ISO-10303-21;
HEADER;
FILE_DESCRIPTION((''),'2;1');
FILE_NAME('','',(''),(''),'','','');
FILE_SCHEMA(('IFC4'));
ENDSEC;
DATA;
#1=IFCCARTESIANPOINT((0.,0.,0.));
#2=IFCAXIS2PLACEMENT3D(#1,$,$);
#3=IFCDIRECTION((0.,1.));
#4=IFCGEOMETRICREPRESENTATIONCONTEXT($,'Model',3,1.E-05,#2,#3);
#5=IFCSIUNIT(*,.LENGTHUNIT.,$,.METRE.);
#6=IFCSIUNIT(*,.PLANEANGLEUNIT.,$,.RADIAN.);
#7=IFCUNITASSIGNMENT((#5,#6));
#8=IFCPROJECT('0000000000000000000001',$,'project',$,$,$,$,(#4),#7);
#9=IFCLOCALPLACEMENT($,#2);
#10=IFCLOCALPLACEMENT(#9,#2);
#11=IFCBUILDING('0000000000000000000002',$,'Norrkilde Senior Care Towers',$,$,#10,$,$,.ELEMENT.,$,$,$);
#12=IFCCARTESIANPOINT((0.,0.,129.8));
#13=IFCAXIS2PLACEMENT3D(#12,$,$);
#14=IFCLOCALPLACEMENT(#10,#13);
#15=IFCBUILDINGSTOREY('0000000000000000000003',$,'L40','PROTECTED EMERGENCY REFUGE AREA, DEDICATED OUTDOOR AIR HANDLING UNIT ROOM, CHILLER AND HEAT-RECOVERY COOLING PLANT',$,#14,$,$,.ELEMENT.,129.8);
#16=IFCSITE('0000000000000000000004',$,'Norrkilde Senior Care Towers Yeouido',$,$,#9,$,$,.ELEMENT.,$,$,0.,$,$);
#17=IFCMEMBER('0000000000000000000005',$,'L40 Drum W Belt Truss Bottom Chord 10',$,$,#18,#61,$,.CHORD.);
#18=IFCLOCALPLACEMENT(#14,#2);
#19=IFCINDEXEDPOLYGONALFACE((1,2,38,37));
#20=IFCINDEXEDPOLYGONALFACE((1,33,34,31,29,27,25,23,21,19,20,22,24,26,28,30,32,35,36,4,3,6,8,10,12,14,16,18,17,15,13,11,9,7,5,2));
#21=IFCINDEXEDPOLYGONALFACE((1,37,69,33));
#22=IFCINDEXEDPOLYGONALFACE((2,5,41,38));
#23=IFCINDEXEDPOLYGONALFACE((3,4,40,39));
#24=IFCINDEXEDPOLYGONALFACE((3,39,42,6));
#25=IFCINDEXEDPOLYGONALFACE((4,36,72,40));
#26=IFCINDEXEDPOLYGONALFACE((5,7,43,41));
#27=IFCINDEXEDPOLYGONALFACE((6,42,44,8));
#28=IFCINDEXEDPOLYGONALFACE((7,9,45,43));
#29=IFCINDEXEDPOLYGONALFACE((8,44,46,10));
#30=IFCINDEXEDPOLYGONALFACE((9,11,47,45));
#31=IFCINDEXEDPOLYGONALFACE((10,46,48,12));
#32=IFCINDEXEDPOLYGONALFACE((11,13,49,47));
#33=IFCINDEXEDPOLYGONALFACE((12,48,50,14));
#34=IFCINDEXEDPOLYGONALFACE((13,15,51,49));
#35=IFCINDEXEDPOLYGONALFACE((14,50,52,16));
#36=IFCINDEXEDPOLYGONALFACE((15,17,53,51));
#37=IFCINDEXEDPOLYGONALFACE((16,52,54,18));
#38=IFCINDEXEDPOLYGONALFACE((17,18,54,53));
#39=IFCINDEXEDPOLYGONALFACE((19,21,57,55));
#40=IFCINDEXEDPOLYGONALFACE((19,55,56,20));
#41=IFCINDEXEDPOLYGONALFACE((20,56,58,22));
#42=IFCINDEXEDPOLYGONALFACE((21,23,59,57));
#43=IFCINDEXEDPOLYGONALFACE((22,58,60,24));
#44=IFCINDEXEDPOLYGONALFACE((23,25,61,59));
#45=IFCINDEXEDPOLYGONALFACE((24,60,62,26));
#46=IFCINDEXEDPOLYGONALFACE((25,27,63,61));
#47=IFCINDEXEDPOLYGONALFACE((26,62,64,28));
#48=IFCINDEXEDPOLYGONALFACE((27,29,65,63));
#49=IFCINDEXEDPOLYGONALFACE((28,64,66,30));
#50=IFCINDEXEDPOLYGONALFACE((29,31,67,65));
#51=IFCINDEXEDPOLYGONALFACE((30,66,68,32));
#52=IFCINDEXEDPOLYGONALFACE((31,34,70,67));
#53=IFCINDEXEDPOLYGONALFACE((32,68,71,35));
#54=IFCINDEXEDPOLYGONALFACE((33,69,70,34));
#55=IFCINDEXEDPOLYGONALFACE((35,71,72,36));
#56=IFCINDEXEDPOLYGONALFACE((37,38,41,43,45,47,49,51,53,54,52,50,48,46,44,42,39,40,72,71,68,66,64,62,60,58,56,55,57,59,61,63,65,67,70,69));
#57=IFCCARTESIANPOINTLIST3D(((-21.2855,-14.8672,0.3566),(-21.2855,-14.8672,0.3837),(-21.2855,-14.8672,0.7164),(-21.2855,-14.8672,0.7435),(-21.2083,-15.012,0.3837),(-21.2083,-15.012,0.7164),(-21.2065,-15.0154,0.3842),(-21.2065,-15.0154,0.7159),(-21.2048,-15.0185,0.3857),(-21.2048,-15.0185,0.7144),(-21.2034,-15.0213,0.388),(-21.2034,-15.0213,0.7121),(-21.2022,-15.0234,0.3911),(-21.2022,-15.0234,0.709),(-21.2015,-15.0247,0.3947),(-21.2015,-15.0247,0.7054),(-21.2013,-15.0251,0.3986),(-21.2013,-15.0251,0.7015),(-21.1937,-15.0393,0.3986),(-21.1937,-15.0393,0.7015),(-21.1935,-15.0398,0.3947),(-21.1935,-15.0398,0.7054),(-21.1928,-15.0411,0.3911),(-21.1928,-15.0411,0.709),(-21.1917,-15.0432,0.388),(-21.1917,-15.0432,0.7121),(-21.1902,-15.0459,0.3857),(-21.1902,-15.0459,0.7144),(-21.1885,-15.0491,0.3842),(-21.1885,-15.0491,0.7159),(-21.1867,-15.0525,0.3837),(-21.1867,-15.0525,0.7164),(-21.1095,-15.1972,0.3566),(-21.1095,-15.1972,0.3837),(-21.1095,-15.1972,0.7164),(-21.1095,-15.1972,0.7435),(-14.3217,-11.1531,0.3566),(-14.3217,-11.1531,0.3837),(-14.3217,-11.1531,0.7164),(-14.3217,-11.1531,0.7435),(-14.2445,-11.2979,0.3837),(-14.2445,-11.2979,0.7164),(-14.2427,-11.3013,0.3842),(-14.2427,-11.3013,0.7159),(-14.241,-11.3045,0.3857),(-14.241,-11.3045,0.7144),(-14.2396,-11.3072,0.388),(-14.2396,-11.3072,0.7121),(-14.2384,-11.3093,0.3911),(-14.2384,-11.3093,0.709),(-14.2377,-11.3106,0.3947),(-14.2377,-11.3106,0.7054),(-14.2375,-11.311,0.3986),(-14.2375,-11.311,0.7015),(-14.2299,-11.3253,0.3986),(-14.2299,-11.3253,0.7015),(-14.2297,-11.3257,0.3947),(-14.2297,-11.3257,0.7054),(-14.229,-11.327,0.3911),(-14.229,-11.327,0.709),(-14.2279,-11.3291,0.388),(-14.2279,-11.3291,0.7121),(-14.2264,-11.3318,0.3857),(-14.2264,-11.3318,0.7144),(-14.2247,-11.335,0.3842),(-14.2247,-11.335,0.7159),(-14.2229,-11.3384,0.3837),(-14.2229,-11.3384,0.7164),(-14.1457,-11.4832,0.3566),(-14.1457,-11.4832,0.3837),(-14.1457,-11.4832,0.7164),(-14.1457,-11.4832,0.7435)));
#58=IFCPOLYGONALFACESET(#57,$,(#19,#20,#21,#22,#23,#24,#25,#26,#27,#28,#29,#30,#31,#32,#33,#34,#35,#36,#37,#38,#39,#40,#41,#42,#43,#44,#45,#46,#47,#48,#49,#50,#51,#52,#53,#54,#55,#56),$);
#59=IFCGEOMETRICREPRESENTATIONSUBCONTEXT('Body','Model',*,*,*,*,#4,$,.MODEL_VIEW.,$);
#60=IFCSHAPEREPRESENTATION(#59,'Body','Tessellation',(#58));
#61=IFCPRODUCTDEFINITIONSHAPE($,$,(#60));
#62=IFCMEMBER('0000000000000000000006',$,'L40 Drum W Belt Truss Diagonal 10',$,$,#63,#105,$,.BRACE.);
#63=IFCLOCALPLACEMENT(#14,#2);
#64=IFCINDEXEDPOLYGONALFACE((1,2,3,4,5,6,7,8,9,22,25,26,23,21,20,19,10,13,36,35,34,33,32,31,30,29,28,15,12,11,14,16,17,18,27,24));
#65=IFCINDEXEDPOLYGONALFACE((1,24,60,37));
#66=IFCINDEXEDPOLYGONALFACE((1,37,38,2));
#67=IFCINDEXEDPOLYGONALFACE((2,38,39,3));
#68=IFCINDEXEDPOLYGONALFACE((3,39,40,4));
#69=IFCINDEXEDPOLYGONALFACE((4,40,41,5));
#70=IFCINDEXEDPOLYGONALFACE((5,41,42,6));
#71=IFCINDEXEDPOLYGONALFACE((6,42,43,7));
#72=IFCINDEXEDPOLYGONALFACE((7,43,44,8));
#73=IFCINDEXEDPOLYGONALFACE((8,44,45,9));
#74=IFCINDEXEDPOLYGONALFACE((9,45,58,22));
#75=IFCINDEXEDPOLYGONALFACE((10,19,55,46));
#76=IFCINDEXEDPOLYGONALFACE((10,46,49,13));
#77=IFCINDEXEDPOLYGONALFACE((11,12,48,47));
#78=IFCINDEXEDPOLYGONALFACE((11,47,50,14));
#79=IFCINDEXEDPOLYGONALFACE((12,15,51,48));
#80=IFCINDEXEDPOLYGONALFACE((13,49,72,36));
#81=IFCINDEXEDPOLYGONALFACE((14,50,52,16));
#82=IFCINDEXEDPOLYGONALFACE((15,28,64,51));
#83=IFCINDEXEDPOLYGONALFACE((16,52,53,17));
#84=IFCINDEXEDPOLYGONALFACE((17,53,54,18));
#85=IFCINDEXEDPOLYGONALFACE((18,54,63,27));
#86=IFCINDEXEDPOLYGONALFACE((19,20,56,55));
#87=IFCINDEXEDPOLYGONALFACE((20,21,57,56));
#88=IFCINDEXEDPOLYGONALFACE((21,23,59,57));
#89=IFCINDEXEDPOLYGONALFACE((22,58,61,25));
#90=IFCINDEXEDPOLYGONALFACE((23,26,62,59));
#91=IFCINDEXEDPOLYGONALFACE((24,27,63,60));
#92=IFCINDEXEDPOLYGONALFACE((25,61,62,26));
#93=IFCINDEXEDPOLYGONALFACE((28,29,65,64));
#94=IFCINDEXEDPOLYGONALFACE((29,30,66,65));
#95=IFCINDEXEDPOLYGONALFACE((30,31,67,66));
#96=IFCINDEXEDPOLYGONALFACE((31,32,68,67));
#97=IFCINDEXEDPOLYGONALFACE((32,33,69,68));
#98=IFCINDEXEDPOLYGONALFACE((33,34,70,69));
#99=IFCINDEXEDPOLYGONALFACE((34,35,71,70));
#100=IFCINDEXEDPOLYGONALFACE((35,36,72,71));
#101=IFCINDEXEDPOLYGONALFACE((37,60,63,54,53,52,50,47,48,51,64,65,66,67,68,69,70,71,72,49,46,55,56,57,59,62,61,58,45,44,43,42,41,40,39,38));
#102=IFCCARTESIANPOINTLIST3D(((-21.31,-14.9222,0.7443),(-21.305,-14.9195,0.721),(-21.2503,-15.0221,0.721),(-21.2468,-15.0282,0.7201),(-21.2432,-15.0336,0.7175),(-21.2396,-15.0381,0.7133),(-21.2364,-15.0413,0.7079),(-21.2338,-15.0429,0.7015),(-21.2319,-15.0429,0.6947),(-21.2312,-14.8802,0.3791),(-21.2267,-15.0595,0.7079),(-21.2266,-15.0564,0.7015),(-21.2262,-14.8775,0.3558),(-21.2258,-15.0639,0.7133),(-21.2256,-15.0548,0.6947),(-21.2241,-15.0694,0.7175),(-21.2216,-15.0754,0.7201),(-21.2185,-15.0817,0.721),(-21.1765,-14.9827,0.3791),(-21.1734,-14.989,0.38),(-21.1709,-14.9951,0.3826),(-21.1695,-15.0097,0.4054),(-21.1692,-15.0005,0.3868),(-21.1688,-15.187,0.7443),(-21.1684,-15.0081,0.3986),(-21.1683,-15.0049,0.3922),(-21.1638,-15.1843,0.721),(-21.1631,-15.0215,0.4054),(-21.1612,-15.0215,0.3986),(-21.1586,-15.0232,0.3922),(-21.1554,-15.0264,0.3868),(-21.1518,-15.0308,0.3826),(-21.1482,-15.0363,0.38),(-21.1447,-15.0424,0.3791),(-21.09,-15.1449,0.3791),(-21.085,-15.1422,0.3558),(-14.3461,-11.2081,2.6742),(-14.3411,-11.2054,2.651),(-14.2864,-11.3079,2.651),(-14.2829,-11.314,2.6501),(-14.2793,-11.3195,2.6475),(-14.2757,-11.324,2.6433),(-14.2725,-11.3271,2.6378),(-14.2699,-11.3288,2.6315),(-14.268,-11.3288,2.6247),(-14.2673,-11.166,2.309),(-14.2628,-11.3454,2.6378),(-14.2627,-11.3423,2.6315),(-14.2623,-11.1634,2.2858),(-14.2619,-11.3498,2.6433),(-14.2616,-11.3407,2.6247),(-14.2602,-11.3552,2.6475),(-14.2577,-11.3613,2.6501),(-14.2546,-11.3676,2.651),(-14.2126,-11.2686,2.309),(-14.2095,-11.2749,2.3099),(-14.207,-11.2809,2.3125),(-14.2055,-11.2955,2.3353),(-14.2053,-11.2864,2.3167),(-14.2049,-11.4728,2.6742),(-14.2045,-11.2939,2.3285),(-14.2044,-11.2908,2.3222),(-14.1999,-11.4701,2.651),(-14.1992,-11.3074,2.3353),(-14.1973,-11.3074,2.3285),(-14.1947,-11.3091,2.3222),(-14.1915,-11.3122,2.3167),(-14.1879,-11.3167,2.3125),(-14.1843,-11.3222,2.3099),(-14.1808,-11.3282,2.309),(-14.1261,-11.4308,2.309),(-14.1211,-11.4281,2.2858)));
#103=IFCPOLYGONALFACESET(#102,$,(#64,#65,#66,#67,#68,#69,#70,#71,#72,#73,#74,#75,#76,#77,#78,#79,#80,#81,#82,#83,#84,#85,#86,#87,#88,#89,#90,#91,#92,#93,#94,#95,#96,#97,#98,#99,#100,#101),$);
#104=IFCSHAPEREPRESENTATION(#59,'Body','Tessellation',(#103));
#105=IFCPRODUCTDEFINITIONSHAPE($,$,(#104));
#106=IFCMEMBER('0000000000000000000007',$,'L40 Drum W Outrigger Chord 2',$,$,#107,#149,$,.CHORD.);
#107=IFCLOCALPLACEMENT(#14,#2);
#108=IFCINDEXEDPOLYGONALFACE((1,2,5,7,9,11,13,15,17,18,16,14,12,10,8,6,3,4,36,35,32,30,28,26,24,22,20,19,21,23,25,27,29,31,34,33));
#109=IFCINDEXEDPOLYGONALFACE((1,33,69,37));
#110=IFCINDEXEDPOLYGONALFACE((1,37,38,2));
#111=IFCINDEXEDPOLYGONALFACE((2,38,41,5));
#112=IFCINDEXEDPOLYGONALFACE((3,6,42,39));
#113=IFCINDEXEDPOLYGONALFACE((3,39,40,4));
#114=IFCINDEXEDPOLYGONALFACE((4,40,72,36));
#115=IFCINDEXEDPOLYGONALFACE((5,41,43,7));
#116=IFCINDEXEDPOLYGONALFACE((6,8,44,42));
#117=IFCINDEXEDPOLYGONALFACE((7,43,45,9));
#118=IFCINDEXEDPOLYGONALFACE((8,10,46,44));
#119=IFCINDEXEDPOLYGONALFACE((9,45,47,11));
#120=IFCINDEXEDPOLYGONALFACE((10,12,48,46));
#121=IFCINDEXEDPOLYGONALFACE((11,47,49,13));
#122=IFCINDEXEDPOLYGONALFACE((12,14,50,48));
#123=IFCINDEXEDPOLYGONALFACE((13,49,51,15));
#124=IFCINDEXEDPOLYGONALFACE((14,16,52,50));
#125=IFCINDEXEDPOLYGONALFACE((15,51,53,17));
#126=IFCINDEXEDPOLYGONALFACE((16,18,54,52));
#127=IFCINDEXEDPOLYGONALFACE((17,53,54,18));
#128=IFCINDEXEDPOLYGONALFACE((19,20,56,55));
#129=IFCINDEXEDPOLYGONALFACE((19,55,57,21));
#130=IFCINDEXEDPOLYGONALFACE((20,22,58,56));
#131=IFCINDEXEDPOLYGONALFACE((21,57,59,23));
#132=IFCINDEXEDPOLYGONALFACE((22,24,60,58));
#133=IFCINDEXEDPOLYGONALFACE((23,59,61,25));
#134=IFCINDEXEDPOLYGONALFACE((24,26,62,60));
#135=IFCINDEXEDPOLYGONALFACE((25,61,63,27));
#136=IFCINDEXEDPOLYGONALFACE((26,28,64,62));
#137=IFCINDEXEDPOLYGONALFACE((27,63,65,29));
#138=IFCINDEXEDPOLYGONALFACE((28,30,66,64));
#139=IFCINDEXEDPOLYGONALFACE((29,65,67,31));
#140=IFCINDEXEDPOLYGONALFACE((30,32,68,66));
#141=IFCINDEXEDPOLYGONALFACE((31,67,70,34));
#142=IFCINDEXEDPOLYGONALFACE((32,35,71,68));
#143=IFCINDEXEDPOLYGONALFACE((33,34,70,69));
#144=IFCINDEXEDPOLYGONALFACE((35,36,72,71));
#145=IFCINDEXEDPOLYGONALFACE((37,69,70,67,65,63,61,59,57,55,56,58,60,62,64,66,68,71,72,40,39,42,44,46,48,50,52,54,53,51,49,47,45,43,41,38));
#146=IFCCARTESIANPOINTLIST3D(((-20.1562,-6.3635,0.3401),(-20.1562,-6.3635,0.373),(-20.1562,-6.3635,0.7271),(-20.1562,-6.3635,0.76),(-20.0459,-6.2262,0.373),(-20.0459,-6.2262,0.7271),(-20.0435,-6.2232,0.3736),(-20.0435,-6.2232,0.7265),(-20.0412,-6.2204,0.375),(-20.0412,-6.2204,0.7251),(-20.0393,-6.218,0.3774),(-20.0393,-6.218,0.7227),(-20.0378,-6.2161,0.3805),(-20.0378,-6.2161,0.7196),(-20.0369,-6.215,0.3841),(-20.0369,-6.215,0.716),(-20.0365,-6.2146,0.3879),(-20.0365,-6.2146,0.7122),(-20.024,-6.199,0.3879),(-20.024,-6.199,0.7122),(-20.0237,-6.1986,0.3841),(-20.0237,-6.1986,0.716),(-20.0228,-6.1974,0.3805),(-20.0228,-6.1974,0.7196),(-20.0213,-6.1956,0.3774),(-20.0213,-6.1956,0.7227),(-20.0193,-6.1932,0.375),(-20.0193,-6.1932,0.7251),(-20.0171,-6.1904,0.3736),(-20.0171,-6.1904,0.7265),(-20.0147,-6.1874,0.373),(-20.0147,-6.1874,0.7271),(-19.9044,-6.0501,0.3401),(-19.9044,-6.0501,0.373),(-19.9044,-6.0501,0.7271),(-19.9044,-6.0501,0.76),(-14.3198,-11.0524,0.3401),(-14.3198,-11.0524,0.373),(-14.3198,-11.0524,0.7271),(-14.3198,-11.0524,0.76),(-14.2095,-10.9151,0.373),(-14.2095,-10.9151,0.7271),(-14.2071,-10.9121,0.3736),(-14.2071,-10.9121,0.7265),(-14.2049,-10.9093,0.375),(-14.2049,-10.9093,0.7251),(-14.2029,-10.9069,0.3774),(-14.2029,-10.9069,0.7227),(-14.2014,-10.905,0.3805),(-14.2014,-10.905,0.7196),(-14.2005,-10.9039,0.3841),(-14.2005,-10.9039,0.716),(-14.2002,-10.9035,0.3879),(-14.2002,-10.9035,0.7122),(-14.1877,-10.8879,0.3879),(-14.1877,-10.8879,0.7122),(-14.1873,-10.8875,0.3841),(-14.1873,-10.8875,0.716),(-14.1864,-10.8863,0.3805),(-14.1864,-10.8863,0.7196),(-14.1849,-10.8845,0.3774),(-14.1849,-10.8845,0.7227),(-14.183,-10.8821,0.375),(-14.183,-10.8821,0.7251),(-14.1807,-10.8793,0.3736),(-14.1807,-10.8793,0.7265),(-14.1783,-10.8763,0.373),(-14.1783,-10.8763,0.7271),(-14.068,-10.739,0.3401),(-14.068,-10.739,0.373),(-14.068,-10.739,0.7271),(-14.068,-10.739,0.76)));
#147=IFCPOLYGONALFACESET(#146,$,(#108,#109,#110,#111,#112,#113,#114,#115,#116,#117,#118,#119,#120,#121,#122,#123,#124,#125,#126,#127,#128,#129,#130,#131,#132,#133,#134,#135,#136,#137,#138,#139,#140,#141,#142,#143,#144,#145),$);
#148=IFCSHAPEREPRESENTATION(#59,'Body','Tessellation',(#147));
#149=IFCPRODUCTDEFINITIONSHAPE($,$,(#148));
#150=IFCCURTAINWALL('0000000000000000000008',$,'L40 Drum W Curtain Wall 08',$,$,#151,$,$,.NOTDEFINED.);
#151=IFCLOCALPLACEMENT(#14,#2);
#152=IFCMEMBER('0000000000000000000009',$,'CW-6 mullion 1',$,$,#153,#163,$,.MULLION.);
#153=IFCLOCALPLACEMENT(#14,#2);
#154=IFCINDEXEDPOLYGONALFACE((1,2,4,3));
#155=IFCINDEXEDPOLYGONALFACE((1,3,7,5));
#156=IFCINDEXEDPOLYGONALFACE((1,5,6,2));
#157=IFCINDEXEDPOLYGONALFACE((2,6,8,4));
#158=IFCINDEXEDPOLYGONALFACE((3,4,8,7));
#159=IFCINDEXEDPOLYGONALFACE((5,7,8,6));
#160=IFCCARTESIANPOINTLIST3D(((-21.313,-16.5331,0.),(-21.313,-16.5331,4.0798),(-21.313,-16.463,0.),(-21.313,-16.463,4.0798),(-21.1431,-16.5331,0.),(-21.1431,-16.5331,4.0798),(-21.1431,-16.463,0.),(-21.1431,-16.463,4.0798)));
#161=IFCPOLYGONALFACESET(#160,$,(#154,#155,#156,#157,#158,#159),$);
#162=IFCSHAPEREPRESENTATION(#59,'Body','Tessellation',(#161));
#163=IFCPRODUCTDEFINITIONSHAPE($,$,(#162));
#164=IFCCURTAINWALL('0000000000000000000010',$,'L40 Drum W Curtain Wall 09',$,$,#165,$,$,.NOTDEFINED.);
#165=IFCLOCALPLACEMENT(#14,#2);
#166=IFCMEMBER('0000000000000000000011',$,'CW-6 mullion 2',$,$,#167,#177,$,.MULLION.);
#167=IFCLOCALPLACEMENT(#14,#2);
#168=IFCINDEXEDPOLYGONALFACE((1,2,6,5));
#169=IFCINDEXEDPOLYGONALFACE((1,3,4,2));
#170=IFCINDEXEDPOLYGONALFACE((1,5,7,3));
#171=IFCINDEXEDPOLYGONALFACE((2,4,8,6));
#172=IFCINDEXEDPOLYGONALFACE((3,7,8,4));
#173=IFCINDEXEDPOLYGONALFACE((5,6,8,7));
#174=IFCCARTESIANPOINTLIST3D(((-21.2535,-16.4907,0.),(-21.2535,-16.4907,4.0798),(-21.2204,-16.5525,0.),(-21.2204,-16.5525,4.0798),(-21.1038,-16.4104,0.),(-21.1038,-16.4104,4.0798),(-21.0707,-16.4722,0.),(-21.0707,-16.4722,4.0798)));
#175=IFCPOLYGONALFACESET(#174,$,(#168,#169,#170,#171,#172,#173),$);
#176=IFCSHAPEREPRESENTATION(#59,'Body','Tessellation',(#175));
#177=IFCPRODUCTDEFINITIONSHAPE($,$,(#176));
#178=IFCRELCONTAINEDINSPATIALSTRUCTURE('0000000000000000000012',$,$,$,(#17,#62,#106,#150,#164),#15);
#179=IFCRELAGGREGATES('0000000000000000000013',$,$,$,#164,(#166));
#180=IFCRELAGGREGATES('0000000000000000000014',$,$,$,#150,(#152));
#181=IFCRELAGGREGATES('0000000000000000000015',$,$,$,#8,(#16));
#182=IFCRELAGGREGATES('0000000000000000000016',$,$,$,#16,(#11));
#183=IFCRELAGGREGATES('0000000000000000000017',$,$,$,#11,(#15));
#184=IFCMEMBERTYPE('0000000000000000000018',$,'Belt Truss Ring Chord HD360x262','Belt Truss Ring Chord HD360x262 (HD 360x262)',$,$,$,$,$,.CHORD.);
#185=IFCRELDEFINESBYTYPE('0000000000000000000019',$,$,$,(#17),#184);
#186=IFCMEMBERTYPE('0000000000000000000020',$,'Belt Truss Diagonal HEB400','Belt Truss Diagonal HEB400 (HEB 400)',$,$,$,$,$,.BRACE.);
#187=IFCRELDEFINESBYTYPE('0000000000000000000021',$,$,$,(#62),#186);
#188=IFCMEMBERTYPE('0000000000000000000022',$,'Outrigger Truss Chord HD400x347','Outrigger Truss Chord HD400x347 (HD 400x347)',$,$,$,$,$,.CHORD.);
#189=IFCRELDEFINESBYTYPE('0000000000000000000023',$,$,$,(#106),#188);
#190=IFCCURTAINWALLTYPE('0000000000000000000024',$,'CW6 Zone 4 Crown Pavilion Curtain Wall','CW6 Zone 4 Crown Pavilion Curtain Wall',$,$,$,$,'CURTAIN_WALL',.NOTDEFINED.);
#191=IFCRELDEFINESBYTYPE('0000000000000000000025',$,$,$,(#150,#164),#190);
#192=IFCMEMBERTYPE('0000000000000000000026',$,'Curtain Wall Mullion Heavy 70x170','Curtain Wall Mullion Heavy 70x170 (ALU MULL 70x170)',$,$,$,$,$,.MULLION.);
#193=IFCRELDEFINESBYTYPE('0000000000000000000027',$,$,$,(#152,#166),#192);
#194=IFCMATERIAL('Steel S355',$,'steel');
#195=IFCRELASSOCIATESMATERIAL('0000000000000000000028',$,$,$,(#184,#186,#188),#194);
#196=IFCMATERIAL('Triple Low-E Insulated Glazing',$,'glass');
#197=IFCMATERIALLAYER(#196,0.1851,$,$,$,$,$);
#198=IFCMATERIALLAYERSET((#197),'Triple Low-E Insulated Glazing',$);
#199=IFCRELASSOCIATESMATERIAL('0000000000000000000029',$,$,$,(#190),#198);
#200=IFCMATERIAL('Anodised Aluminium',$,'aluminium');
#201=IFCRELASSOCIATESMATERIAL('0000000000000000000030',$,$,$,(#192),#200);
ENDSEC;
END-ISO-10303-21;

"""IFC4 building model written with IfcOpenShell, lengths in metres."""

from ifc_helpers import new_model, si_unit, direction, frame, origin, origin_2d, place, context, subcontext, project, spatial, rectangle, i_section, extrude, source, transform, mapped, material, layer, layer_set, material_profile, profile_set, type_object, type_shapes, element, aggregate, save


model = new_model("IFC4")

# Units and contexts
model_context = context("Model", 3, precision=1e-05, world=origin(), true_north=direction((0.0, 1.0)))
body_context = subcontext(model_context, "Body", "Model", "MODEL_VIEW")
ifc_project = project(units=[si_unit("LENGTHUNIT", "METRE"), si_unit("PLANEANGLEUNIT", "RADIAN")], contexts=[model_context])

# Site, building, storey
site_placement = place(None, origin())
site = spatial("IfcSite", under=ifc_project, at=site_placement, Name="Norrkilde Senior Care Towers Yeouido", CompositionType="ELEMENT", RefElevation=0.0)
building_placement = place(site_placement, origin())
building = spatial("IfcBuilding", under=site, at=building_placement, Name="Norrkilde Senior Care Towers", CompositionType="ELEMENT")
storey_placement = place(building_placement, frame((0.0, 0.0, 129.8)))
storey = spatial("IfcBuildingStorey", under=building, at=storey_placement, Name="L40", Description="PROTECTED EMERGENCY REFUGE AREA, DEDICATED OUTDOOR AIR HANDLING UNIT ROOM, CHILLER AND HEAT-RECOVERY COOLING PLANT", CompositionType="ELEMENT", Elevation=129.8)

# Members
ifc_material_1 = material(Name="Steel S355", Category="steel")
ifc_material_profile_1 = material_profile(ifc_material_1, i_section(OverallWidth=0.374, OverallDepth=0.387, WebThickness=0.0161, FlangeThickness=0.0271, FilletRadius=0.0149, at=origin_2d()), Name="HD 360x262")
ifc_profile_set_1 = profile_set([ifc_material_profile_1], Name="Steel S355")
member_type_1 = type_object("IfcMemberType", Name="Belt Truss Ring Chord HD360x262", Description="Belt Truss Ring Chord HD360x262 (HD 360x262)", PredefinedType="CHORD", material=ifc_profile_set_1)
shared_shape_1 = source(origin(), body_context, "Body", "SweptSolid", [
    extrude(i_section(OverallWidth=0.374, OverallDepth=0.387, WebThickness=0.0161, FlangeThickness=0.0271, FilletRadius=0.0149, at=origin_2d()), origin(), (0.0, 0.0, 1.0), 7.8923),
])
type_shapes(member_type_1, [shared_shape_1])
member_1_placement = place(storey_placement, frame((-21.1975, -15.0322, 0.55), z_axis=(0.88235, 0.470593, 0.0), x_axis=(-0.470593, 0.88235, 0.0)))
element("IfcMember", 1, at=member_1_placement, inside=storey, type_object=member_type_1, Name="L40 Drum W Belt Truss Bottom Chord 10", PredefinedType="CHORD", context=body_context, shape_type="MappedRepresentation", body=[
    mapped(shared_shape_1, transform((0.0, 0.0, 0.0), x_axis=(1.0, 0.0, 0.0), y_axis=(0.0, 1.0, 0.0), z_axis=(0.0, 0.0, 1.0), scale=1.0)),
])
ifc_material_profile_2 = material_profile(ifc_material_1, i_section(OverallWidth=0.3, OverallDepth=0.3999, WebThickness=0.0134, FlangeThickness=0.0239, FilletRadius=0.0271, at=origin_2d()), Name="HEB 400")
ifc_profile_set_2 = profile_set([ifc_material_profile_2], Name="Steel S355")
member_type_2 = type_object("IfcMemberType", Name="Belt Truss Diagonal HEB400", Description="Belt Truss Diagonal HEB400 (HEB 400)", PredefinedType="BRACE", material=ifc_profile_set_2)
shared_shape_2 = source(origin(), body_context, "Body", "SweptSolid", [
    extrude(i_section(OverallWidth=0.3, OverallDepth=0.3999, WebThickness=0.0134, FlangeThickness=0.0239, FilletRadius=0.0271, at=origin_2d()), origin(), (0.0, 0.0, 1.0), 8.125),
])
type_shapes(member_type_2, [shared_shape_2])
member_2_placement = place(storey_placement, frame((-21.1975, -15.0322, 0.55), z_axis=(0.857097, 0.457125, 0.237532), x_axis=(-0.470593, 0.88235, 0.0)))
element("IfcMember", 2, at=member_2_placement, inside=storey, type_object=member_type_2, Name="L40 Drum W Belt Truss Diagonal 10", PredefinedType="BRACE", context=body_context, shape_type="MappedRepresentation", body=[
    mapped(shared_shape_2, transform((0.0, 0.0, 0.0), x_axis=(1.0, 0.0, 0.0), y_axis=(0.0, 1.0, 0.0), z_axis=(0.0, 0.0, 1.0), scale=1.0)),
])
ifc_material_profile_3 = material_profile(ifc_material_1, i_section(OverallWidth=0.4021, OverallDepth=0.4199, WebThickness=0.02, FlangeThickness=0.033, FilletRadius=0.0149, at=origin_2d()), Name="HD 400x347")
ifc_profile_set_3 = profile_set([ifc_material_profile_3], Name="Steel S355")
member_type_3 = type_object("IfcMemberType", Name="Outrigger Truss Chord HD400x347", Description="Outrigger Truss Chord HD400x347 (HD 400x347)", PredefinedType="CHORD", material=ifc_profile_set_3)
shared_shape_3 = source(origin(), body_context, "Body", "SweptSolid", [
    extrude(i_section(OverallWidth=0.4021, OverallDepth=0.4199, WebThickness=0.02, FlangeThickness=0.033, FilletRadius=0.0149, at=origin_2d()), origin(), (0.0, 0.0, 1.0), 7.4866),
])
type_shapes(member_type_3, [shared_shape_3])
member_3_placement = place(storey_placement, frame((-20.0303, -6.2068, 0.55), z_axis=(0.779575, -0.626308, 0.0), x_axis=(0.626308, 0.779575, 0.0)))
element("IfcMember", 3, at=member_3_placement, inside=storey, type_object=member_type_3, Name="L40 Drum W Outrigger Chord 2", PredefinedType="CHORD", context=body_context, shape_type="MappedRepresentation", body=[
    mapped(shared_shape_3, transform((0.0, 0.0, 0.0), x_axis=(1.0, 0.0, 0.0), y_axis=(0.0, 1.0, 0.0), z_axis=(0.0, 0.0, 1.0), scale=1.0)),
])

# Curtain walls, members
ifc_material_2 = material(Name="Triple Low-E Insulated Glazing", Category="glass")
ifc_layer_1 = layer(ifc_material_2, 0.1851)
ifc_layer_set_1 = layer_set([ifc_layer_1], Name="Triple Low-E Insulated Glazing")
curtain_wall_type = type_object("IfcCurtainWallType", Name="CW6 Zone 4 Crown Pavilion Curtain Wall", Description="CW6 Zone 4 Crown Pavilion Curtain Wall", ElementType="CURTAIN_WALL", PredefinedType="NOTDEFINED", material=ifc_layer_set_1)
curtain_wall_1_placement = place(storey_placement, origin())
curtain_wall_1 = element("IfcCurtainWall", 4, at=curtain_wall_1_placement, inside=storey, type_object=curtain_wall_type, Name="L40 Drum W Curtain Wall 08", PredefinedType="NOTDEFINED")
ifc_material_3 = material(Name="Anodised Aluminium", Category="aluminium")
ifc_material_profile_4 = material_profile(ifc_material_3, rectangle(XDim=0.0701, YDim=0.1699, at=origin_2d()), Name="ALU MULL 70x170")
ifc_profile_set_4 = profile_set([ifc_material_profile_4], Name="Anodised Aluminium")
member_type_4 = type_object("IfcMemberType", Name="Curtain Wall Mullion Heavy 70x170", Description="Curtain Wall Mullion Heavy 70x170 (ALU MULL 70x170)", PredefinedType="MULLION", material=ifc_profile_set_4)
shared_shape_4 = source(origin(), body_context, "Body", "SweptSolid", [
    extrude(rectangle(XDim=0.0701, YDim=0.1699, at=origin_2d()), origin(), (0.0, 0.0, 1.0), 4.0798),
])
type_shapes(member_type_4, [shared_shape_4])
member_4_placement = place(storey_placement, frame((-21.228, -16.498, 0.0), z_axis=(0.0, 0.0, 1.0), x_axis=(0.0, -1.0, 0.0)))
member_4 = element("IfcMember", 5, at=member_4_placement, type_object=member_type_4, Name="CW-6 mullion 1", PredefinedType="MULLION", context=body_context, shape_type="MappedRepresentation", body=[
    mapped(shared_shape_4, transform((0.0, 0.0, 0.0), x_axis=(1.0, 0.0, 0.0), y_axis=(0.0, 1.0, 0.0), z_axis=(0.0, 0.0, 1.0), scale=1.0)),
])
curtain_wall_2_placement = place(storey_placement, origin())
curtain_wall_2 = element("IfcCurtainWall", 6, at=curtain_wall_2_placement, inside=storey, type_object=curtain_wall_type, Name="L40 Drum W Curtain Wall 09", PredefinedType="NOTDEFINED")
member_5_placement = place(storey_placement, frame((-21.1621, -16.4814, 0.0), z_axis=(0.0, 0.0, 1.0), x_axis=(0.472769, -0.881186, 0.0)))
member_5 = element("IfcMember", 7, at=member_5_placement, type_object=member_type_4, Name="CW-6 mullion 2", PredefinedType="MULLION", context=body_context, shape_type="MappedRepresentation", body=[
    mapped(shared_shape_4, transform((0.0, 0.0, 0.0), x_axis=(1.0, 0.0, 0.0), y_axis=(0.0, 1.0, 0.0), z_axis=(0.0, 0.0, 1.0), scale=1.0)),
])
aggregate(curtain_wall_2, [member_5])

aggregate(curtain_wall_1, [member_4])

save(model, "model.ifc")
